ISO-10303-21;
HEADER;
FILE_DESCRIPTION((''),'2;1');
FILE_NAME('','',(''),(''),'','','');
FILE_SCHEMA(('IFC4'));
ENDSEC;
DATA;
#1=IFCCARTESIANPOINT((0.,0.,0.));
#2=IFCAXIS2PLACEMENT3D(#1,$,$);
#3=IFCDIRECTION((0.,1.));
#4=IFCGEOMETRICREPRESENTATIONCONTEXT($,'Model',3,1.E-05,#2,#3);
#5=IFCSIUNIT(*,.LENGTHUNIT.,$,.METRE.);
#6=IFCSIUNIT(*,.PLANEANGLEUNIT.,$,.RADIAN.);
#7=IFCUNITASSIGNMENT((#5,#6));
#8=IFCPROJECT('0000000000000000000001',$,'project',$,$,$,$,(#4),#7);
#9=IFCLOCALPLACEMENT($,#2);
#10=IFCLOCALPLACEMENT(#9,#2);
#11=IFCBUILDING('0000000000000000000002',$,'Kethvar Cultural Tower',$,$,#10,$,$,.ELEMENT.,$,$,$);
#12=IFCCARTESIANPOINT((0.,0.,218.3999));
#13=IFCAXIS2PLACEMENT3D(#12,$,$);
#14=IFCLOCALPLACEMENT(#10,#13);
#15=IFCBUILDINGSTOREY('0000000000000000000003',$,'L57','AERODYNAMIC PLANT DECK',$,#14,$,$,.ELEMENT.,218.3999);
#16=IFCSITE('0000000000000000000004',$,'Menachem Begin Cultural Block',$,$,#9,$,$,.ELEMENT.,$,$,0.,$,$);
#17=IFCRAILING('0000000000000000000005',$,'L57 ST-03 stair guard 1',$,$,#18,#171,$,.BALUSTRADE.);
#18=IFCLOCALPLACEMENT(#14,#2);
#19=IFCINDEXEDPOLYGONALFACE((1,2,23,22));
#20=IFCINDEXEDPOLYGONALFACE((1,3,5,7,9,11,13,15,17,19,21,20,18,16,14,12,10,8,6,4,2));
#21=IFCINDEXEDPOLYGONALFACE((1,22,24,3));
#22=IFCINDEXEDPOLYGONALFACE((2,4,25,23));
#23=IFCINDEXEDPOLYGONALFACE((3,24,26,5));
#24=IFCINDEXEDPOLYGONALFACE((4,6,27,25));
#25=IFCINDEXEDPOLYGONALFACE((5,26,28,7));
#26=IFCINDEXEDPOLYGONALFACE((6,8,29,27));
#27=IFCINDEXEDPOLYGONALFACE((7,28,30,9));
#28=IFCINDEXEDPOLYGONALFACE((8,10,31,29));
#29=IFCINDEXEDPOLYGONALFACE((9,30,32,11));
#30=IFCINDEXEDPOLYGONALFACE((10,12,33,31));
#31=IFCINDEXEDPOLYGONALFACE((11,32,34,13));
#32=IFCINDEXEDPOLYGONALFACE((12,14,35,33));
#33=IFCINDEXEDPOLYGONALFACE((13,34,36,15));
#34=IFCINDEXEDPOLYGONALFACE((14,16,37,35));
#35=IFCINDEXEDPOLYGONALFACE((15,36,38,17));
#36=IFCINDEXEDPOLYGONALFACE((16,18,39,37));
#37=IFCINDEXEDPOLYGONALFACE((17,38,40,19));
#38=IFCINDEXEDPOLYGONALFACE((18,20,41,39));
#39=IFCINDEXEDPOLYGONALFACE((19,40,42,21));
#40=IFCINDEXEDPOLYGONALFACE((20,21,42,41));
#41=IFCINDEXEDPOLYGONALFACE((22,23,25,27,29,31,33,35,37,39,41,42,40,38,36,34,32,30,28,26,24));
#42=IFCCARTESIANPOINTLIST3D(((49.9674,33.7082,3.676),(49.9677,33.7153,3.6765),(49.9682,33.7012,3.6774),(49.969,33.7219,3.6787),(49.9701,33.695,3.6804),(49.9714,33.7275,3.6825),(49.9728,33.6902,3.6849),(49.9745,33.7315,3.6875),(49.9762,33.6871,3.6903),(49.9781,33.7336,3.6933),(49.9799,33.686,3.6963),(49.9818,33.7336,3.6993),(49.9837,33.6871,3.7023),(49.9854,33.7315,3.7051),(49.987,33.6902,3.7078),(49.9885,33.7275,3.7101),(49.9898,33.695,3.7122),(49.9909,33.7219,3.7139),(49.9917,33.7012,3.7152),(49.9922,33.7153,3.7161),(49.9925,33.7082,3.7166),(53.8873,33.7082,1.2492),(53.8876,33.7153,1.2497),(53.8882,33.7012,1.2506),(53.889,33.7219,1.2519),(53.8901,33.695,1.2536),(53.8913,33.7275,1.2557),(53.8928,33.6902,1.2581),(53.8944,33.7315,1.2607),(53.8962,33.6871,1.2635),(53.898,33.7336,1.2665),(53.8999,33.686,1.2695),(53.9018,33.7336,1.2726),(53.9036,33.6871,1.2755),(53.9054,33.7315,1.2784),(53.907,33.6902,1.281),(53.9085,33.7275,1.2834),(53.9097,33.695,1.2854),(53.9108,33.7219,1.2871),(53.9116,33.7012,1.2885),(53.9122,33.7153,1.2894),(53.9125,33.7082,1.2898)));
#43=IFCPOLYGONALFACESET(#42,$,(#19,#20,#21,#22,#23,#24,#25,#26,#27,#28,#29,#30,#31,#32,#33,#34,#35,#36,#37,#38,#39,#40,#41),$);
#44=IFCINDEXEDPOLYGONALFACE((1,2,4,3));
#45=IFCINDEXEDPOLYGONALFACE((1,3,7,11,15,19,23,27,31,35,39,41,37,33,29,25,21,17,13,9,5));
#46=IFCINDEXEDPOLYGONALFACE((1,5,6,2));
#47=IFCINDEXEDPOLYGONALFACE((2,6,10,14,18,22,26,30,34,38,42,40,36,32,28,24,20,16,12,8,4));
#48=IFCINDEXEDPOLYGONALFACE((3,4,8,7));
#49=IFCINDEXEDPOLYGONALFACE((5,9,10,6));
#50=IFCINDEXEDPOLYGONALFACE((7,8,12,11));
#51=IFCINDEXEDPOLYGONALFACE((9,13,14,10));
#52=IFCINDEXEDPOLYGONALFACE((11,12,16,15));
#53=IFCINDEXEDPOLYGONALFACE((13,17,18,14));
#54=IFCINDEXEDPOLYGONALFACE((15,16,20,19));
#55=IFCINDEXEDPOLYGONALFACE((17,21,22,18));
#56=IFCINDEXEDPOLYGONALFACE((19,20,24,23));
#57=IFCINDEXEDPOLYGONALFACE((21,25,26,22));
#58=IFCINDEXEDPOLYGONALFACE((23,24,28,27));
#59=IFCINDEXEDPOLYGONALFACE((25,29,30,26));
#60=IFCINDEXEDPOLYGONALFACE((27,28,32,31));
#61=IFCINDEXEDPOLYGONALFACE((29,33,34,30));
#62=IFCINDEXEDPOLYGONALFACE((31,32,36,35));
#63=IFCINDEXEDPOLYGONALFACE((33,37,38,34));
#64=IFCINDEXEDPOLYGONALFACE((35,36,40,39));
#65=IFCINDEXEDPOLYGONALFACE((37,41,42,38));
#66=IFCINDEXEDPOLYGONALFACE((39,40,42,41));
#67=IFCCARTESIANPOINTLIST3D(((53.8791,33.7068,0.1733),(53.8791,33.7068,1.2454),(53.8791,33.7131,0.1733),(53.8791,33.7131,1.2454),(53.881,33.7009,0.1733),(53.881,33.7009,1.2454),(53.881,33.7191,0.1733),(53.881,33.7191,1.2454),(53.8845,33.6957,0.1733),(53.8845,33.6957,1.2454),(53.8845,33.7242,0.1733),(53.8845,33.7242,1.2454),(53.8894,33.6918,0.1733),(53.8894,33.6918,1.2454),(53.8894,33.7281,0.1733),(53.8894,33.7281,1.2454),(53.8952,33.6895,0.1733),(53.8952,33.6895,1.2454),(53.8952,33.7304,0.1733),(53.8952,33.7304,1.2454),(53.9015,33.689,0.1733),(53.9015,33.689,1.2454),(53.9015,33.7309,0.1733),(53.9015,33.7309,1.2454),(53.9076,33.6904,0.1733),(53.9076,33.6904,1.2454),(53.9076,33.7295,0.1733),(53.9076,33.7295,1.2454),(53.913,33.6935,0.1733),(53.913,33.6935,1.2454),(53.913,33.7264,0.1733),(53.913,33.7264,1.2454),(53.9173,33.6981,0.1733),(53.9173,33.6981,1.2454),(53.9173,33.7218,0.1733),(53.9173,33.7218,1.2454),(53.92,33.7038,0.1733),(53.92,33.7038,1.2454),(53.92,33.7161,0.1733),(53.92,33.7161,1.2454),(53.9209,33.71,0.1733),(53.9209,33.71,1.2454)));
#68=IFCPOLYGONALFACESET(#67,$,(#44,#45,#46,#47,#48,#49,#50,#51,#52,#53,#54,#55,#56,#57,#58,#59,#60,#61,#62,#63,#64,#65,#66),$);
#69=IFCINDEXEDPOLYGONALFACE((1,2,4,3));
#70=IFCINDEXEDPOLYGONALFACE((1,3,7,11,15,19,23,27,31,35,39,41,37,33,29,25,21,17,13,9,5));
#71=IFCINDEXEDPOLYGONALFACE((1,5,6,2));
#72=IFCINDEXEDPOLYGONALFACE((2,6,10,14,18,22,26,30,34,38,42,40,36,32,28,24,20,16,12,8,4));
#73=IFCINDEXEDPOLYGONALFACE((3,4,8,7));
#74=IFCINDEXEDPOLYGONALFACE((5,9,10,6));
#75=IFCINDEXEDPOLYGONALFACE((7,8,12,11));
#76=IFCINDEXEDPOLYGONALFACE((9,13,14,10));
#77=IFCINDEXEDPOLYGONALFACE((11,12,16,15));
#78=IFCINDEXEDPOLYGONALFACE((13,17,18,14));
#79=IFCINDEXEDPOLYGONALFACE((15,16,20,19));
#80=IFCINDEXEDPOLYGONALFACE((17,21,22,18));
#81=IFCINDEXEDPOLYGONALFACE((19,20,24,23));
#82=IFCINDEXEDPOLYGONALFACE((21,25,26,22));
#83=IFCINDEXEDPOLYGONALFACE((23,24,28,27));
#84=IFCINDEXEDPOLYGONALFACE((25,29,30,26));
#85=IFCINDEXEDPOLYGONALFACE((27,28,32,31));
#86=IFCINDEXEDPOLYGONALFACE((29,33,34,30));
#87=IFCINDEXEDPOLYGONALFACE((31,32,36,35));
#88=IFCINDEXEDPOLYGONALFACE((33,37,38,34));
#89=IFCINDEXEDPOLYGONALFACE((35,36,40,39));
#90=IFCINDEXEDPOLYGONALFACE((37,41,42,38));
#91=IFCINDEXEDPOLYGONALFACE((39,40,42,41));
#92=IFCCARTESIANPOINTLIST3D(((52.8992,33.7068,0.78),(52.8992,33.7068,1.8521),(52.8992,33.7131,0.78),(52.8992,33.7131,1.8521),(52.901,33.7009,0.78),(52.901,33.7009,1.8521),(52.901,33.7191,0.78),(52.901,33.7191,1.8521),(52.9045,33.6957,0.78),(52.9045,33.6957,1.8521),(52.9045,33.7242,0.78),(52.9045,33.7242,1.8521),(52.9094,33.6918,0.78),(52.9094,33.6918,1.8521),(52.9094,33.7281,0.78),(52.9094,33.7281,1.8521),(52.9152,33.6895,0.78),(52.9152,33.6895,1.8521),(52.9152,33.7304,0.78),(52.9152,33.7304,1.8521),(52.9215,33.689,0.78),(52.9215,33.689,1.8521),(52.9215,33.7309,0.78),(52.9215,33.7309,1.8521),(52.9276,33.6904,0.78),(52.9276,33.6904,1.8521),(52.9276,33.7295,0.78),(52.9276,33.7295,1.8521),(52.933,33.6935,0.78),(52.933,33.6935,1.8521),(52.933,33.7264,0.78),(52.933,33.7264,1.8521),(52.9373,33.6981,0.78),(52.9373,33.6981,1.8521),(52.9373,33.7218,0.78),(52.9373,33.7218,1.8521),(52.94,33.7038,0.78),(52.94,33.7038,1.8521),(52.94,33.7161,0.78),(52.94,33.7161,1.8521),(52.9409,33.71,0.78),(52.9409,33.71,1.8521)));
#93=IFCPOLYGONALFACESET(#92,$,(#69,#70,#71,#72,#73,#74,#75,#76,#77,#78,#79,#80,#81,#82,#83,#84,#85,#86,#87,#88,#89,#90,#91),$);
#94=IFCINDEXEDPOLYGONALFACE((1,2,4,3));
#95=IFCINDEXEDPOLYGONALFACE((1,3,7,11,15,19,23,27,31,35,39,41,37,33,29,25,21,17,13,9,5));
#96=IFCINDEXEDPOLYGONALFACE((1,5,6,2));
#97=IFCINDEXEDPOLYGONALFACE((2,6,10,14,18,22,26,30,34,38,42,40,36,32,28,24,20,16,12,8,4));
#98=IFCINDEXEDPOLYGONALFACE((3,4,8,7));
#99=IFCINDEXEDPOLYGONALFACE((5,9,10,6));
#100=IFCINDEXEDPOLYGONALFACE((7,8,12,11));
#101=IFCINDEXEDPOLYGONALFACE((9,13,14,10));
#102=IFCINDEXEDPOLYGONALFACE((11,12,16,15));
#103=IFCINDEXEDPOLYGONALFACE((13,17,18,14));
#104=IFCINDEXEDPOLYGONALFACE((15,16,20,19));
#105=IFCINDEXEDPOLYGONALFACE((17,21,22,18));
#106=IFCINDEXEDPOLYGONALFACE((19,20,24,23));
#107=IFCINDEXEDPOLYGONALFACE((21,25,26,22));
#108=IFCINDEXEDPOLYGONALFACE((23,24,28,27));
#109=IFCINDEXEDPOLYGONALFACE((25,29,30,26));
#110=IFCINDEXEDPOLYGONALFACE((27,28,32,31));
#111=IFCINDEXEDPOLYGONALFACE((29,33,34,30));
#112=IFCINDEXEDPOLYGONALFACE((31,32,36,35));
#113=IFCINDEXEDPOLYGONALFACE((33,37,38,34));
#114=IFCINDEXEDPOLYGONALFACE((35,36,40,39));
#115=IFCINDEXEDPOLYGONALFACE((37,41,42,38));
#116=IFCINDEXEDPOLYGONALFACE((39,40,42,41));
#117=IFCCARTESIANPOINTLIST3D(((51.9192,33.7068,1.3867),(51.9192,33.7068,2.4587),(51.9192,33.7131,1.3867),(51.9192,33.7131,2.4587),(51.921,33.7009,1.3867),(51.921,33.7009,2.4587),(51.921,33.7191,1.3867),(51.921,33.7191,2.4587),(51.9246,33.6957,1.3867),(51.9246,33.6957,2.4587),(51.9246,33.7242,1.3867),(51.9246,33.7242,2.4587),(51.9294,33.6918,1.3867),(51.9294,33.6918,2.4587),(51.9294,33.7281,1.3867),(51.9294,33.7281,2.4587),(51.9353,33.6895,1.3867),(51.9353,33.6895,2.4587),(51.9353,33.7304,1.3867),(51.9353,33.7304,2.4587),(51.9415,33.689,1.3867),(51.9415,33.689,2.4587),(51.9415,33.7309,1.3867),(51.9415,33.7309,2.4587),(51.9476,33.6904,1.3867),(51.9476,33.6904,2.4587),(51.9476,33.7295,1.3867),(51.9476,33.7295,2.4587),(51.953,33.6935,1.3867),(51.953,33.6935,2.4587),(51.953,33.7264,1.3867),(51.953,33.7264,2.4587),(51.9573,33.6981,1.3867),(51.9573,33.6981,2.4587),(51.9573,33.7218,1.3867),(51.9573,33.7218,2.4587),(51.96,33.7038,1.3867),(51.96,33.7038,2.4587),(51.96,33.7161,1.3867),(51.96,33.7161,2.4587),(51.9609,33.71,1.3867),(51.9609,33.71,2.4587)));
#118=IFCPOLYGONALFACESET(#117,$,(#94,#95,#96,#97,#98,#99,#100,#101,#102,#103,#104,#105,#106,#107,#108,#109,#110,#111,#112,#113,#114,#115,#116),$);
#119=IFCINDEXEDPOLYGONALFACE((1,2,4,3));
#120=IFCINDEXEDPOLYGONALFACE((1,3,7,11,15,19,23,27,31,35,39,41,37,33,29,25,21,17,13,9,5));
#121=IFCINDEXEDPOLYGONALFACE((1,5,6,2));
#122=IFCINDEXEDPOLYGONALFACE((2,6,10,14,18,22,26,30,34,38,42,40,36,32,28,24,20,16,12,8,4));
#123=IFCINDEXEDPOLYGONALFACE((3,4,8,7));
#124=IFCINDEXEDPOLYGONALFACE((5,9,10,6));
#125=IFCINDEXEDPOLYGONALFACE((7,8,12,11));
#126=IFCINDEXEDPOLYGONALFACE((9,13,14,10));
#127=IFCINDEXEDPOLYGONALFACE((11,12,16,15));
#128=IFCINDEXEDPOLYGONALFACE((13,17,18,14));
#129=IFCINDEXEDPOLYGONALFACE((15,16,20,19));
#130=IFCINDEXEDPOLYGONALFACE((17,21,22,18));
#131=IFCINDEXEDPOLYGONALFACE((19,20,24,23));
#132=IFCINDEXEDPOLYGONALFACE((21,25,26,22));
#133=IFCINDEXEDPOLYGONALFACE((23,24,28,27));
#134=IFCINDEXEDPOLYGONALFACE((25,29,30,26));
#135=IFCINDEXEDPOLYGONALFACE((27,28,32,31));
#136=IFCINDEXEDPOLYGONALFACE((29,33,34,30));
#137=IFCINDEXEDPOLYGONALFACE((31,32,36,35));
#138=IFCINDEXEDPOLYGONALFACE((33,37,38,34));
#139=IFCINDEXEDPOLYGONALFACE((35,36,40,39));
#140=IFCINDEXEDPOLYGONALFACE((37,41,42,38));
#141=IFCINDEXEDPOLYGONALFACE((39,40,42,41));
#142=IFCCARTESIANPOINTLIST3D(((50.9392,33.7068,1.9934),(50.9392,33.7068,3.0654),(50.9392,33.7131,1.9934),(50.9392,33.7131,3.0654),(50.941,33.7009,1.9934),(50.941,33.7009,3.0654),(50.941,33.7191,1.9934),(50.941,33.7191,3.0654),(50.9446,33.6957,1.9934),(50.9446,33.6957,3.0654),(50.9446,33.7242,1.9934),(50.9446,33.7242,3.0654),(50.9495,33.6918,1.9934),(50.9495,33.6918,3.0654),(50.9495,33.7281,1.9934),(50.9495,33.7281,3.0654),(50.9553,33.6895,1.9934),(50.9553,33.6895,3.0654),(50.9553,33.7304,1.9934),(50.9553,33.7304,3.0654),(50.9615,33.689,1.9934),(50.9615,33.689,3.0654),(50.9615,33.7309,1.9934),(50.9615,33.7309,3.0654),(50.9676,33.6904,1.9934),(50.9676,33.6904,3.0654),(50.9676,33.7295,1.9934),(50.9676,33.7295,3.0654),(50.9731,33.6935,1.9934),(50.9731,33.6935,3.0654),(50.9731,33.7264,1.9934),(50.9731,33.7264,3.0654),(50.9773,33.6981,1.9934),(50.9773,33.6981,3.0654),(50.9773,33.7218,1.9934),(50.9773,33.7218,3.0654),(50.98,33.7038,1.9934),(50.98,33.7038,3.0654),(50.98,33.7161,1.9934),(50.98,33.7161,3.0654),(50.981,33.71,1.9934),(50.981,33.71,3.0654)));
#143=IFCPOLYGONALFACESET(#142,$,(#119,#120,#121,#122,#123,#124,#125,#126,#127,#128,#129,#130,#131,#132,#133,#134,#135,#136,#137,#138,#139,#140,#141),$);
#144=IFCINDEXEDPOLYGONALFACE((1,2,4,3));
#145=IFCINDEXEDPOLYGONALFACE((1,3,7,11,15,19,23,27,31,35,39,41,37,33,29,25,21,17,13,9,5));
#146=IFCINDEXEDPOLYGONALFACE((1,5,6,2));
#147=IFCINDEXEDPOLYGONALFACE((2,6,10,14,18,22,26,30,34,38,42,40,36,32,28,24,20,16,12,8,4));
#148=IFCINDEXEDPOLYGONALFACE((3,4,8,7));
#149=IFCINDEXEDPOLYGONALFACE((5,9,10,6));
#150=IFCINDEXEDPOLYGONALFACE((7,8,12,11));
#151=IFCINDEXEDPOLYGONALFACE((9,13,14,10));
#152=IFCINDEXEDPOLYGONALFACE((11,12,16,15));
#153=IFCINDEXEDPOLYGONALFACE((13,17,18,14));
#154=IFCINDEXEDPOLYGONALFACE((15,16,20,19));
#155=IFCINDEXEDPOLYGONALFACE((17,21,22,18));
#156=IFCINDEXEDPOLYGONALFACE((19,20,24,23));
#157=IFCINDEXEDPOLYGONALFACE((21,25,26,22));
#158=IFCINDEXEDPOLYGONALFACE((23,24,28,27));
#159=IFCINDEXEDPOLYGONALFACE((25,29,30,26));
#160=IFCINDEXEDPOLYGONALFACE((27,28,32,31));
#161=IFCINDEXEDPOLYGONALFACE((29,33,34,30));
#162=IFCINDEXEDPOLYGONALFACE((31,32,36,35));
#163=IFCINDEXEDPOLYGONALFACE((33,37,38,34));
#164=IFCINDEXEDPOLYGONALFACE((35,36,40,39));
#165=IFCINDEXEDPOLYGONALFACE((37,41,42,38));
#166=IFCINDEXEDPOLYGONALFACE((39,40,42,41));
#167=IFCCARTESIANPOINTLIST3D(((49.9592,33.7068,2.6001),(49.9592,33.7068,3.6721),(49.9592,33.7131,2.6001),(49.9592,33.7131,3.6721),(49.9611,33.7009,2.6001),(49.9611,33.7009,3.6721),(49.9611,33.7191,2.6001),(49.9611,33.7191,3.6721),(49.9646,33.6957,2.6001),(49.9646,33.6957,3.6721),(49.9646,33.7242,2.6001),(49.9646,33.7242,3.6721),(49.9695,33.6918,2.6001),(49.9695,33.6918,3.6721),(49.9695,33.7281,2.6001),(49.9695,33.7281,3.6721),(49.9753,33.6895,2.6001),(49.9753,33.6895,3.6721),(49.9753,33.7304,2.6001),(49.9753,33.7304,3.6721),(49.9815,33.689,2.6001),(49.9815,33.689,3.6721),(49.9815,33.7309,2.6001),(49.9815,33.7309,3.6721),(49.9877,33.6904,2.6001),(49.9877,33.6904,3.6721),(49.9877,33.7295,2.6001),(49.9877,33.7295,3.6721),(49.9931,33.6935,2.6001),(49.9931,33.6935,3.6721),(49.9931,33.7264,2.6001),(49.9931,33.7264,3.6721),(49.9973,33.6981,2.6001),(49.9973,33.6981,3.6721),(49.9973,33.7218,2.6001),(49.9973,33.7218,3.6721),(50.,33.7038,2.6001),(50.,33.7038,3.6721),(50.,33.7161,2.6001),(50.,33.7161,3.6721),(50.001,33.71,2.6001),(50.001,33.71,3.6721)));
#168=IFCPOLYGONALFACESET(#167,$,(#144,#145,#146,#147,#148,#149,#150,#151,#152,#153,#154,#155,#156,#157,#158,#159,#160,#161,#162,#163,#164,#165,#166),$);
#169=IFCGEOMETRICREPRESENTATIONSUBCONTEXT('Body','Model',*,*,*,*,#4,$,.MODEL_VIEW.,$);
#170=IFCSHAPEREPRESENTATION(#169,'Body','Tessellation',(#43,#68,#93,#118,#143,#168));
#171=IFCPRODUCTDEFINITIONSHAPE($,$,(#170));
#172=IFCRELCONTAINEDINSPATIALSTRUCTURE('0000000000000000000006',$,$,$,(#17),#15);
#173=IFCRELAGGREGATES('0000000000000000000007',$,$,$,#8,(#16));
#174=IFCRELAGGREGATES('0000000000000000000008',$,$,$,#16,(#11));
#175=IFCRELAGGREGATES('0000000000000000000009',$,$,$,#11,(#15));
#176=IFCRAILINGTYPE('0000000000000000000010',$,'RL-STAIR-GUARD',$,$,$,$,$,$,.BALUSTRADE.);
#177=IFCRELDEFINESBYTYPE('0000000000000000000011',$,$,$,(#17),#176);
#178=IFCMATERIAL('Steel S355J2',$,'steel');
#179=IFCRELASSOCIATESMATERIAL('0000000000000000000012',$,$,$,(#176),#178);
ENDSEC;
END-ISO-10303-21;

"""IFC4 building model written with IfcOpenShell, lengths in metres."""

from ifc_helpers import new_model, si_unit, direction, frame, origin, origin_2d, place, context, subcontext, project, spatial, circle, extrude, material, type_object, element, save


model = new_model("IFC4")

# Units and contexts
model_context = context("Model", 3, precision=1e-05, world=origin(), true_north=direction((0.0, 1.0)))
body_context = subcontext(model_context, "Body", "Model", "MODEL_VIEW")
ifc_project = project(units=[si_unit("LENGTHUNIT", "METRE"), si_unit("PLANEANGLEUNIT", "RADIAN")], contexts=[model_context])

# Site, building, storey
site_placement = place(None, origin())
site = spatial("IfcSite", under=ifc_project, at=site_placement, Name="Menachem Begin Cultural Block", CompositionType="ELEMENT", RefElevation=0.0)
building_placement = place(site_placement, origin())
building = spatial("IfcBuilding", under=site, at=building_placement, Name="Kethvar Cultural Tower", CompositionType="ELEMENT")
storey_placement = place(building_placement, frame((0.0, 0.0, 218.3999)))
storey = spatial("IfcBuildingStorey", under=building, at=storey_placement, Name="L57", Description="AERODYNAMIC PLANT DECK", CompositionType="ELEMENT", Elevation=218.3999)

# Shared definitions
ifc_material_1 = material(Name="Steel S355J2", Category="steel")

# Railing
railing_type_1 = type_object("IfcRailingType", Name="RL-STAIR-GUARD", PredefinedType="BALUSTRADE", material=ifc_material_1)
railing_1_placement = place(storey_placement, frame((53.8999, 33.71, 0.1733)))
element("IfcRailing", 1, at=railing_1_placement, inside=storey, type_object=railing_type_1, Name="L57 ST-03 stair guard 1", PredefinedType="BALUSTRADE", context=body_context, shape_type="SweptSolid", body=[
    extrude(circle(Radius=0.0239, at=origin_2d()), frame((0.0, 0.0, 1.0962), z_axis=(-0.850252, 0.0, 0.526376), x_axis=(0.0, -1.0, 0.0)), (0.0, 0.0, 1.0), 4.6104),
    extrude(circle(Radius=0.021, at=origin_2d()), origin(), (0.0, 0.0, 1.0), 1.072),
    extrude(circle(Radius=0.021, at=origin_2d()), frame((-0.98, 0.0, 0.6067)), (0.0, 0.0, 1.0), 1.072),
    extrude(circle(Radius=0.021, at=origin_2d()), frame((-1.96, 0.0, 1.2134)), (0.0, 0.0, 1.0), 1.072),
    extrude(circle(Radius=0.021, at=origin_2d()), frame((-2.9399, 0.0, 1.8201)), (0.0, 0.0, 1.0), 1.072),
    extrude(circle(Radius=0.021, at=origin_2d()), frame((-3.9199, 0.0, 2.4268)), (0.0, 0.0, 1.0), 1.072),
])

save(model, "model.ifc")
